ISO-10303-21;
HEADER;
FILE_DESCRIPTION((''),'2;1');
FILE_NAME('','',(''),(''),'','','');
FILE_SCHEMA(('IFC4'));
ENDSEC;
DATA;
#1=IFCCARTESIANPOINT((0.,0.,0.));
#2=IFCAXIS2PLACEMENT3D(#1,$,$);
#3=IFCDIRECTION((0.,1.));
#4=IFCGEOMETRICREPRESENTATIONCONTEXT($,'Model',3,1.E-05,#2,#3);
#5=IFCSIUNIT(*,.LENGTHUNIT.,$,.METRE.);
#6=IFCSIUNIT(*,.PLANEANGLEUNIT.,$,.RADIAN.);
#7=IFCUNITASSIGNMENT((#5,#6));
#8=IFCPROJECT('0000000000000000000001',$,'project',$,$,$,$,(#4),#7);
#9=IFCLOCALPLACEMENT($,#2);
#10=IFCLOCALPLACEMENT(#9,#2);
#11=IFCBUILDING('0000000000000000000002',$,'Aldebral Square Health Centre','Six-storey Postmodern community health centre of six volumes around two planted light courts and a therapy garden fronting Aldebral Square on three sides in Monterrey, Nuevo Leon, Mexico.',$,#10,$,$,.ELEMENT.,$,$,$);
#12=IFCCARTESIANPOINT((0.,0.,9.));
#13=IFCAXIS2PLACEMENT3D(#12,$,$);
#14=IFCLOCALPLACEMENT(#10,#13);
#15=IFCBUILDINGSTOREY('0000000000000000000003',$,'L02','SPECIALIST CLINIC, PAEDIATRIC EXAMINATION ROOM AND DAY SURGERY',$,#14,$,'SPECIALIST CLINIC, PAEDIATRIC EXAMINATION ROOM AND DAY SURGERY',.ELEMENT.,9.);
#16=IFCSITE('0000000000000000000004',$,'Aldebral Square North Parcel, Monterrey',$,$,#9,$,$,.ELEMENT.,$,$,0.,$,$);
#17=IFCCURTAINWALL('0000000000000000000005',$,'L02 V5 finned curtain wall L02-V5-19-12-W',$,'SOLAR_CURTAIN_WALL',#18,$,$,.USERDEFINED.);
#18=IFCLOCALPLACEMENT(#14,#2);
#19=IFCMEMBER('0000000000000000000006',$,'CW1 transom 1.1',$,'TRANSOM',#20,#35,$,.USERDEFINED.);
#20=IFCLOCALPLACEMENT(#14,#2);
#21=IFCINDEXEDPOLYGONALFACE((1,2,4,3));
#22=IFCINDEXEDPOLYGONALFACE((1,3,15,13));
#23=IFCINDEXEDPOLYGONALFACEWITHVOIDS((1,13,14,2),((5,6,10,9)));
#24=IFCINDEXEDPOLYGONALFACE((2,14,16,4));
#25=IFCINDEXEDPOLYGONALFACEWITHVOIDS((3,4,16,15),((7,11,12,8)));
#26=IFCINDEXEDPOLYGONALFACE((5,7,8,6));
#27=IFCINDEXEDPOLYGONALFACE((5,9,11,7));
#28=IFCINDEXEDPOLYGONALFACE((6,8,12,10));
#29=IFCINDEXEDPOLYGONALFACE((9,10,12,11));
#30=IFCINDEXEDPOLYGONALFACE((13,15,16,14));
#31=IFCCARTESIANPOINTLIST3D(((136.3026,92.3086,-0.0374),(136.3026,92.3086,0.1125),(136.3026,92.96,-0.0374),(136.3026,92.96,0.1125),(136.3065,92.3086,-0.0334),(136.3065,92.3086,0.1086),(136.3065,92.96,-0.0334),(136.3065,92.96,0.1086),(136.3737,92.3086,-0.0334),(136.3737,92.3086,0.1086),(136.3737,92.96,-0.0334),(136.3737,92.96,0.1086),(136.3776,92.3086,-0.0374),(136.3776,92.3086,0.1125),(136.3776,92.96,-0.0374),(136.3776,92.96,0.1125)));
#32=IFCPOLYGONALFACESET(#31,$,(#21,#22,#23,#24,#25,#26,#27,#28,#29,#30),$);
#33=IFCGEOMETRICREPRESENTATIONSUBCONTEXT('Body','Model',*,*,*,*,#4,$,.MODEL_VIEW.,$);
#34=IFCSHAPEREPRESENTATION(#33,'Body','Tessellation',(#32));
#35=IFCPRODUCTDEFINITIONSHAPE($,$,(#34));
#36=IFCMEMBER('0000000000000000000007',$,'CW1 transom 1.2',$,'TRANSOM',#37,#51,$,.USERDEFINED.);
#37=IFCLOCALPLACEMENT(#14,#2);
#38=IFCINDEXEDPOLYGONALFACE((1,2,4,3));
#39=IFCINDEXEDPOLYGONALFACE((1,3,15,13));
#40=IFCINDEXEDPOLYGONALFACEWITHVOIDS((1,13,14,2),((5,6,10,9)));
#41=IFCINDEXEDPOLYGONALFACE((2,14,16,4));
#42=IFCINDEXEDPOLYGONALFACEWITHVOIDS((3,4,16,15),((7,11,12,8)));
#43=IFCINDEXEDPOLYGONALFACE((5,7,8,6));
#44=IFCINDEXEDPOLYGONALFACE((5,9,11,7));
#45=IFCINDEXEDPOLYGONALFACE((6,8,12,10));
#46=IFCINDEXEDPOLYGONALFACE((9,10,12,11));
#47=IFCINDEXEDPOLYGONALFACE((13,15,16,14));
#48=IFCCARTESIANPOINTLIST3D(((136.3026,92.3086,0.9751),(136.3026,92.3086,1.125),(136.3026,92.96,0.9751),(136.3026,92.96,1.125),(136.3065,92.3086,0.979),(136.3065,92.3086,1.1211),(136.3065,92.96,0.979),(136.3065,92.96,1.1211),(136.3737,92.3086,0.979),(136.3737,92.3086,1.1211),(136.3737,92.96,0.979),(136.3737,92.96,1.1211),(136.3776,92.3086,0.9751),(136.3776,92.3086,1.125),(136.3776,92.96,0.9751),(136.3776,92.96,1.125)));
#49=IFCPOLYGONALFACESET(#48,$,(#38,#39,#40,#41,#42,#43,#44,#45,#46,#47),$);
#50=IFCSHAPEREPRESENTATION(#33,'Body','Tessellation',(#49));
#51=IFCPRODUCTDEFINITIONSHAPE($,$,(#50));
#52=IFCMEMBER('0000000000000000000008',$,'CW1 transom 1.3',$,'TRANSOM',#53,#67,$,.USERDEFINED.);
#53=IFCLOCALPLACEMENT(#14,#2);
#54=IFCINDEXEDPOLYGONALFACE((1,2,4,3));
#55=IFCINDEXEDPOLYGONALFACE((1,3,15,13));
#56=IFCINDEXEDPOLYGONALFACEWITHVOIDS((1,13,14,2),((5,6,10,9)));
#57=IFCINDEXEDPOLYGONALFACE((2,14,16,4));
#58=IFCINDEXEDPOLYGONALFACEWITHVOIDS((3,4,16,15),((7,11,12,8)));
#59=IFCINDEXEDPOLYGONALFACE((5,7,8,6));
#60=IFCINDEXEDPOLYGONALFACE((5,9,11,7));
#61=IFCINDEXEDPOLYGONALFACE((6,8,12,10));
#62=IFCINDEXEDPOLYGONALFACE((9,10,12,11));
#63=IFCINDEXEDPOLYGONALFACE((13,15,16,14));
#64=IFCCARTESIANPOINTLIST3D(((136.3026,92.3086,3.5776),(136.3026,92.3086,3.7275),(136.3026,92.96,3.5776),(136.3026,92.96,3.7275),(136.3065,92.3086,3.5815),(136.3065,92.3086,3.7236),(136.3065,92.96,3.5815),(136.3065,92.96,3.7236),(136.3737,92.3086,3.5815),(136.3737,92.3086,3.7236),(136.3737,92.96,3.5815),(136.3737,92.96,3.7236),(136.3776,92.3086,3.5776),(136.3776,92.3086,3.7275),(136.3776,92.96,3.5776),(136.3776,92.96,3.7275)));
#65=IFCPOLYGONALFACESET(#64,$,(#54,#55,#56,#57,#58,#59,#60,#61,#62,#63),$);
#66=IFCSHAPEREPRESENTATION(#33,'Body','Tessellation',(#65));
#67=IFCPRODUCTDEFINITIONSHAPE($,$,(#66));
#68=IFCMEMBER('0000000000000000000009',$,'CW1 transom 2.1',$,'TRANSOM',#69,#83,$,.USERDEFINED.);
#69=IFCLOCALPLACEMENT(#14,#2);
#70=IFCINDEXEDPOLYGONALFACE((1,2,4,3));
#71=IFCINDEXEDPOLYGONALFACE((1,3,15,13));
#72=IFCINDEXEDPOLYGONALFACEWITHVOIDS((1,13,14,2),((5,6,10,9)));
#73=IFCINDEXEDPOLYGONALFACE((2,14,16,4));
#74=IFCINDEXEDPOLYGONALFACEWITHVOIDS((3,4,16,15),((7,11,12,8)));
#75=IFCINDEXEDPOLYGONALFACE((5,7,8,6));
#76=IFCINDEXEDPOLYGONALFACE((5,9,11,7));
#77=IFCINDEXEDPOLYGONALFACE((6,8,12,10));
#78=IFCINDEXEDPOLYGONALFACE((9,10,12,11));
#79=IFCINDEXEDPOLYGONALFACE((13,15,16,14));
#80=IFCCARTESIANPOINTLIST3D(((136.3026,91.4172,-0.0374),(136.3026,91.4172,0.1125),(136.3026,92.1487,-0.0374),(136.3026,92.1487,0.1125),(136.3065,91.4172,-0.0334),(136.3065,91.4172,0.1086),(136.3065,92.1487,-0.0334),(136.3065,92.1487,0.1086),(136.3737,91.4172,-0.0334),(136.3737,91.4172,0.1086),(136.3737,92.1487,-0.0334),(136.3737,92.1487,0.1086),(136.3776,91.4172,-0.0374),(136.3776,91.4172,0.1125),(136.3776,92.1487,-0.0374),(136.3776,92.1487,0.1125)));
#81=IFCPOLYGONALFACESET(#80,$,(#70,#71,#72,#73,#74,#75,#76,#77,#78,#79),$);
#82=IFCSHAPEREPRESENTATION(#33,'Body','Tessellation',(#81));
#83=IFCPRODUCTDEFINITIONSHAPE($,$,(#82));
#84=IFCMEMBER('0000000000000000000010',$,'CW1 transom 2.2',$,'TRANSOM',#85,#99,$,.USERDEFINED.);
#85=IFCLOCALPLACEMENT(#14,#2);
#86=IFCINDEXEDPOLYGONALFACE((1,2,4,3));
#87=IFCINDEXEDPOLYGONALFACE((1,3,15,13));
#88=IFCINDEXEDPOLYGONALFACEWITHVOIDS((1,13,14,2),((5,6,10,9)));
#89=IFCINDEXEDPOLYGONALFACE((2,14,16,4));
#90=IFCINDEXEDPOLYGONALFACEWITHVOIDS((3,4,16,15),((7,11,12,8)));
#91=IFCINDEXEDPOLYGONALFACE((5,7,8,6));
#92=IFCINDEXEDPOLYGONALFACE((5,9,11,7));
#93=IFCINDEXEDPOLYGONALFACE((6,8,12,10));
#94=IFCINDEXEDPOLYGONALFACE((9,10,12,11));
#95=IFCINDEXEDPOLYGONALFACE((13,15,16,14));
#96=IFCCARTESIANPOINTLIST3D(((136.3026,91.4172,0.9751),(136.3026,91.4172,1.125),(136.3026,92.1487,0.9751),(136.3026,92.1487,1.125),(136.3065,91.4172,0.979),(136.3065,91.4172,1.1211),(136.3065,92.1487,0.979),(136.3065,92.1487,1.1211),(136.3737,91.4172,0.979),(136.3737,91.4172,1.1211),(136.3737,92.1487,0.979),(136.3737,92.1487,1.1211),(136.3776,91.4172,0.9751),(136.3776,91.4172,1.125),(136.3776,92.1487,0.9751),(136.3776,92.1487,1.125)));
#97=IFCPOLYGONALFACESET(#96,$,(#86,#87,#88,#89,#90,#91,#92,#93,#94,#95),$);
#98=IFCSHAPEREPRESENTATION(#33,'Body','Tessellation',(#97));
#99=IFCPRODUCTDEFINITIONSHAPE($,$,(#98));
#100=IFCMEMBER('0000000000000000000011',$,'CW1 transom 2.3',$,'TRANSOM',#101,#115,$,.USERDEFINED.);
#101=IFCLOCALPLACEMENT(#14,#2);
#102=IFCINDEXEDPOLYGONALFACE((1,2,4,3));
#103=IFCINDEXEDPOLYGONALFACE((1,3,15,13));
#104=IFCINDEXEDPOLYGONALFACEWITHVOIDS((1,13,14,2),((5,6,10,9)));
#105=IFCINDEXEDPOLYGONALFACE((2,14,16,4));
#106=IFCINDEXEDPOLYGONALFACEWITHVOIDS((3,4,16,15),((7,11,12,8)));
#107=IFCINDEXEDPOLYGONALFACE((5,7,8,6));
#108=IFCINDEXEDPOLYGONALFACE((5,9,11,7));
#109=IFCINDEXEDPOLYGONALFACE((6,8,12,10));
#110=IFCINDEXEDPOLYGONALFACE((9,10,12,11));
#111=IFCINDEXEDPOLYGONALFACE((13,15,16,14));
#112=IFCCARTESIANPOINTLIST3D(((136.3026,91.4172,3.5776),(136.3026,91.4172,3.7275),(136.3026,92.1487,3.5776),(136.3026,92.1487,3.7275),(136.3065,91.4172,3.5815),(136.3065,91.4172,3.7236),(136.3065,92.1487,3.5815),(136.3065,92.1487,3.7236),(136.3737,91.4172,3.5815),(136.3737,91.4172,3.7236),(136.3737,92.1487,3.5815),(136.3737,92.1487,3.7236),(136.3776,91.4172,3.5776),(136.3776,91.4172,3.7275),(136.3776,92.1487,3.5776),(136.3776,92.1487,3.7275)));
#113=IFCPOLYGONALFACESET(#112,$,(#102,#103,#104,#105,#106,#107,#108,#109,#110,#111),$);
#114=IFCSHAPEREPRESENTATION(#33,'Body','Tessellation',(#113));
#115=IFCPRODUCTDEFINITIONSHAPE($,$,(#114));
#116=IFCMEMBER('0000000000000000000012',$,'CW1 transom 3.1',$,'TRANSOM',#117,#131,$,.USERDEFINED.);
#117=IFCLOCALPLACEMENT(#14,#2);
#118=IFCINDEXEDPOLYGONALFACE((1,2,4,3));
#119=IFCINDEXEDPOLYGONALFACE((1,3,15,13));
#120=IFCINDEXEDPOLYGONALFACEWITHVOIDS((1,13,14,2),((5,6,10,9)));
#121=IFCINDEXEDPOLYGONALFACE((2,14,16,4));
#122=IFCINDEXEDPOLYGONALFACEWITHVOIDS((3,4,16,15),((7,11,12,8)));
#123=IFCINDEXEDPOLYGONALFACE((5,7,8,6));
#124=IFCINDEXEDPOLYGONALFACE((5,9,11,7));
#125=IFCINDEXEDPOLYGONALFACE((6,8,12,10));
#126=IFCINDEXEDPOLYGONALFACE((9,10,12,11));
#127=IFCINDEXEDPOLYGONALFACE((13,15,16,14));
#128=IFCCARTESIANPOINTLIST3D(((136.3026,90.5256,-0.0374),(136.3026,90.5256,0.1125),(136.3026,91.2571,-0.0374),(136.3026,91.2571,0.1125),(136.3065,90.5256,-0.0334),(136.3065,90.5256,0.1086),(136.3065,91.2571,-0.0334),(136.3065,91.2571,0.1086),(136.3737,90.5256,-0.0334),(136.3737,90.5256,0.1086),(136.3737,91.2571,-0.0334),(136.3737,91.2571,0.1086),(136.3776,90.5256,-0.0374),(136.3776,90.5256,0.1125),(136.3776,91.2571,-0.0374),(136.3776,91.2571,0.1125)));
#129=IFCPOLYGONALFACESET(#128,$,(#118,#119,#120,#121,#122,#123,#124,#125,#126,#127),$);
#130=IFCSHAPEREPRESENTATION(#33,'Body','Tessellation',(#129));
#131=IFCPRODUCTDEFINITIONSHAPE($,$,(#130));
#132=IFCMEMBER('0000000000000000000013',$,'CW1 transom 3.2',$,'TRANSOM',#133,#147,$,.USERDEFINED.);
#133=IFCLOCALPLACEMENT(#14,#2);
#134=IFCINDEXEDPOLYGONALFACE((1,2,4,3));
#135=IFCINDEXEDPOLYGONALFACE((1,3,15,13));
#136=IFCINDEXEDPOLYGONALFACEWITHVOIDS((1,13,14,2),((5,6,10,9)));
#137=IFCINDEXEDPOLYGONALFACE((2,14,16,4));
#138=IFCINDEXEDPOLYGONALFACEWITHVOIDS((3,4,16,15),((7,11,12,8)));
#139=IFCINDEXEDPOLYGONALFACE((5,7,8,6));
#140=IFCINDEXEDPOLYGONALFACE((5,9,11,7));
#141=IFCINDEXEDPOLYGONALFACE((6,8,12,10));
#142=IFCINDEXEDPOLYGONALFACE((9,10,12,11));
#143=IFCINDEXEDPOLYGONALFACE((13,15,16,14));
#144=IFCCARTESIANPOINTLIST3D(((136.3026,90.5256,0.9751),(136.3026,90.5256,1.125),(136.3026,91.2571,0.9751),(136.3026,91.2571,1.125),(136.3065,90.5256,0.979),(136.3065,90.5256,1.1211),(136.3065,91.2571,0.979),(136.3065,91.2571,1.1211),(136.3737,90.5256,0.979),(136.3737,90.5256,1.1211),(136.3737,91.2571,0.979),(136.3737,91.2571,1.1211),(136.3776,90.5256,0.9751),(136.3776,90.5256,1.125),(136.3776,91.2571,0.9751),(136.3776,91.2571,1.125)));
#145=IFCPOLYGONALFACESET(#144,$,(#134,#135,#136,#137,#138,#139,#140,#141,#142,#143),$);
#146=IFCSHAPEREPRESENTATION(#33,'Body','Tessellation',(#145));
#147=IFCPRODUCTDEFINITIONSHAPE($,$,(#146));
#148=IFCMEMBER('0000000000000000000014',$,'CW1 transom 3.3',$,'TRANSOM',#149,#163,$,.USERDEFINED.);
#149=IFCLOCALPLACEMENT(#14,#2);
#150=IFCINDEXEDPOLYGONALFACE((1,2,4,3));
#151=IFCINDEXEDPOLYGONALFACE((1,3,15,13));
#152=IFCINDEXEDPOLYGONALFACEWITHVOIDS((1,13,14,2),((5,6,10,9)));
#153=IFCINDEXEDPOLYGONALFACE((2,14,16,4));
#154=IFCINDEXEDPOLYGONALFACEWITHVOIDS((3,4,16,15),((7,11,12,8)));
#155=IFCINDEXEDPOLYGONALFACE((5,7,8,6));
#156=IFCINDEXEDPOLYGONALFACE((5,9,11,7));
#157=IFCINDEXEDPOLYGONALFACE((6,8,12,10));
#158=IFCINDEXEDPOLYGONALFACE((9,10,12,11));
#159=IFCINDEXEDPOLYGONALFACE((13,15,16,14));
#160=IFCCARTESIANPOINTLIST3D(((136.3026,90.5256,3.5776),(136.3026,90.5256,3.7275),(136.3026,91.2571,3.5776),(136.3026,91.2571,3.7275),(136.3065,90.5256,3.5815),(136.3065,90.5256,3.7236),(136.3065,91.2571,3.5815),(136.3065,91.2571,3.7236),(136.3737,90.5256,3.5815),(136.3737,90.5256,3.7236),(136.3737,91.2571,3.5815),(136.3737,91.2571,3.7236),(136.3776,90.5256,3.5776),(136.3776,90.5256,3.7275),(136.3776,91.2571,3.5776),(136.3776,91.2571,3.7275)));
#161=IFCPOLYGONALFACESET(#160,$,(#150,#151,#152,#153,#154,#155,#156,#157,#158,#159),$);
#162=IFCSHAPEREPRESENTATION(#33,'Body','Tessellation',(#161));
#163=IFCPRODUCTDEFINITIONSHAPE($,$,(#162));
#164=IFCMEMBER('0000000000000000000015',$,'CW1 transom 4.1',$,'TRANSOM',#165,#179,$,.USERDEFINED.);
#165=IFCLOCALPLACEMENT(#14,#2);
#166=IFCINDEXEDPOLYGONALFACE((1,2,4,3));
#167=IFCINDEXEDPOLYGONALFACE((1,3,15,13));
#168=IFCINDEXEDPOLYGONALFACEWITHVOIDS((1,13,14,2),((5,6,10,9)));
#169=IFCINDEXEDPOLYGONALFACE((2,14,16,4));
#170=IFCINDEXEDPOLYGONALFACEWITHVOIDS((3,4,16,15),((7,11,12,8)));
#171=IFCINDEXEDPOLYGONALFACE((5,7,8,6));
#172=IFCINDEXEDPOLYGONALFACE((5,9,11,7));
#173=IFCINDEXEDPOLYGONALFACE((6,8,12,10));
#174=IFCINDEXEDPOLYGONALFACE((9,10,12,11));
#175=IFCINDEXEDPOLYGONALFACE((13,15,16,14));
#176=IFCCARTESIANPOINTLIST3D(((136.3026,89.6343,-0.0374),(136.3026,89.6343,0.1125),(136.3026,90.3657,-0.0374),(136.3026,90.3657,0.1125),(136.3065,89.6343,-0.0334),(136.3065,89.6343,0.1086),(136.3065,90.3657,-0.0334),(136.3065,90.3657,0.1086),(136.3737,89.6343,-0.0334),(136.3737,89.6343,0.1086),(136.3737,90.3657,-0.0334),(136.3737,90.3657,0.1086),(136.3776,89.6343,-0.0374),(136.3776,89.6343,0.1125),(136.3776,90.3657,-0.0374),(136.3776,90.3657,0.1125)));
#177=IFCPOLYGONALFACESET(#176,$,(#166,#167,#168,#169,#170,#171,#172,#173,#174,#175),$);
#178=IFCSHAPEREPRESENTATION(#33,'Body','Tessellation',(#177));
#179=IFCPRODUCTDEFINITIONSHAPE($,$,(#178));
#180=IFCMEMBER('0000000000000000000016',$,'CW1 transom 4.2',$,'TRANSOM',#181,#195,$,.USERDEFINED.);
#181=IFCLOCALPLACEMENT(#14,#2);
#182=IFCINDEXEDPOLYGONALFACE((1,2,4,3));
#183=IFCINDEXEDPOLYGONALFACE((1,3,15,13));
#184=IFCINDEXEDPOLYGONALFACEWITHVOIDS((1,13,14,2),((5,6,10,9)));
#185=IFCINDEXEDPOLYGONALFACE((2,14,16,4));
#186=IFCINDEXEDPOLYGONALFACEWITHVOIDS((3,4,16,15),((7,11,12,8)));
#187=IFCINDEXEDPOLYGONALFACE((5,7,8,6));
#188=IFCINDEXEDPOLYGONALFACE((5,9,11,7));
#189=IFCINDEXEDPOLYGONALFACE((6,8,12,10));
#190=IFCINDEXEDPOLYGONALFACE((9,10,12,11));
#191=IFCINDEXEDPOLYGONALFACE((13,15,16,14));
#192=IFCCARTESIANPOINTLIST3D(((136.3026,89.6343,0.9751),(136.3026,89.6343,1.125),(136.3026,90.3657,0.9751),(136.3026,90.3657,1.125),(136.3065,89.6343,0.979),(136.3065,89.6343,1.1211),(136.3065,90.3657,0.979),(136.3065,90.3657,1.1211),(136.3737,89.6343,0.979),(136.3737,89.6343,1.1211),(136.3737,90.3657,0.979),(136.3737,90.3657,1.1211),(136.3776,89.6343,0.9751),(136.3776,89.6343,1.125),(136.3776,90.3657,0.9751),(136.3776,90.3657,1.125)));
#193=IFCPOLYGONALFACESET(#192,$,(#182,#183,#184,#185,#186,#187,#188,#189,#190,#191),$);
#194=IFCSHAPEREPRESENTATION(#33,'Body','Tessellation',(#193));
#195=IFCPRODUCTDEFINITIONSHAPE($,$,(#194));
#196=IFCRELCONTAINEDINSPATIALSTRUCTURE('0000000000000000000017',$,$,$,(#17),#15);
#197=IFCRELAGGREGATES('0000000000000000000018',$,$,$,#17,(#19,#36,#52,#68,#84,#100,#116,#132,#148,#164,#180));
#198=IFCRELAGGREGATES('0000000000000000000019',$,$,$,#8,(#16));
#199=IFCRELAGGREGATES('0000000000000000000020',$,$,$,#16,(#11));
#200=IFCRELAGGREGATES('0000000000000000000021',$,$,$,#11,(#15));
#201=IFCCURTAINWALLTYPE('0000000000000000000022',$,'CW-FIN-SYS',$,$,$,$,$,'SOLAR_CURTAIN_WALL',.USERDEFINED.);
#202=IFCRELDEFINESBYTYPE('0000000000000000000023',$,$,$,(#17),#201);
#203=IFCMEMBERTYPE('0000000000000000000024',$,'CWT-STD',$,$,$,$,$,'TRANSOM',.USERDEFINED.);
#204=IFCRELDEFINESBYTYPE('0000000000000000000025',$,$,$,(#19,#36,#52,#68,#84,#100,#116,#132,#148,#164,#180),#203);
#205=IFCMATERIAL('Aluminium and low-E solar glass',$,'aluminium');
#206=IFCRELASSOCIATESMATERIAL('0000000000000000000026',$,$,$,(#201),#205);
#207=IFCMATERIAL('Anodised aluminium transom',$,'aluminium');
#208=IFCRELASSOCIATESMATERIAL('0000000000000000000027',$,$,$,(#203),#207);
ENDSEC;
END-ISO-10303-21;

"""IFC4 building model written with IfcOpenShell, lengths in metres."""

from ifc_helpers import new_model, si_unit, direction, frame, origin, origin_2d, place, context, subcontext, project, spatial, hollow_rectangle, extrude, material, material_profile, profile_set, type_object, element, aggregate, save


model = new_model("IFC4")

# Units and contexts
model_context = context("Model", 3, precision=1e-05, world=origin(), true_north=direction((0.0, 1.0)))
body_context = subcontext(model_context, "Body", "Model", "MODEL_VIEW")
ifc_project = project(units=[si_unit("LENGTHUNIT", "METRE"), si_unit("PLANEANGLEUNIT", "RADIAN")], contexts=[model_context])

# Site, building, storey
site_placement = place(None, origin())
site = spatial("IfcSite", under=ifc_project, at=site_placement, Name="Aldebral Square North Parcel, Monterrey", CompositionType="ELEMENT", RefElevation=0.0)
building_placement = place(site_placement, origin())
building = spatial("IfcBuilding", under=site, at=building_placement, Name="Aldebral Square Health Centre", Description="Six-storey Postmodern community health centre of six volumes around two planted light courts and a therapy garden fronting Aldebral Square on three sides in Monterrey, Nuevo Leon, Mexico.", CompositionType="ELEMENT")
storey_placement = place(building_placement, frame((0.0, 0.0, 9.0)))
storey = spatial("IfcBuildingStorey", under=building, at=storey_placement, Name="L02", Description="SPECIALIST CLINIC, PAEDIATRIC EXAMINATION ROOM AND DAY SURGERY", LongName="SPECIALIST CLINIC, PAEDIATRIC EXAMINATION ROOM AND DAY SURGERY", CompositionType="ELEMENT", Elevation=9.0)

# Curtain wall
ifc_material_1 = material(Name="Aluminium and low-E solar glass", Category="aluminium")
curtain_wall_type = type_object("IfcCurtainWallType", Name="CW-FIN-SYS", ElementType="SOLAR_CURTAIN_WALL", PredefinedType="USERDEFINED", material=ifc_material_1)
curtain_wall_1_placement = place(storey_placement, origin())
curtain_wall_1 = element("IfcCurtainWall", 1, at=curtain_wall_1_placement, inside=storey, type_object=curtain_wall_type, Name="L02 V5 finned curtain wall L02-V5-19-12-W", ObjectType="SOLAR_CURTAIN_WALL", PredefinedType="USERDEFINED")

# Members
ifc_material_2 = material(Name="Anodised aluminium transom", Category="aluminium")
ifc_material_profile_1 = material_profile(ifc_material_2, hollow_rectangle(XDim=0.075, YDim=0.1499, WallThickness=0.0039, at=origin_2d()), Name="CWT 75x150x4")
ifc_profile_set_1 = profile_set([ifc_material_profile_1], Name="Anodised aluminium transom")
member_type_1 = type_object("IfcMemberType", Name="CWT-STD", ElementType="TRANSOM", PredefinedType="USERDEFINED", material=ifc_profile_set_1)
member_1_placement = place(storey_placement, frame((136.3401, 92.96, 0.0376), z_axis=(0.0, -1.0, 0.0), x_axis=(1.0, 0.0, 0.0)))
member_1 = element("IfcMember", 2, at=member_1_placement, type_object=member_type_1, Name="CW1 transom 1.1", ObjectType="TRANSOM", PredefinedType="USERDEFINED", context=body_context, shape_type="SweptSolid", body=[
    extrude(hollow_rectangle(XDim=0.075, YDim=0.1499, WallThickness=0.0039, at=origin_2d()), origin(), (0.0, 0.0, 1.0), 0.6514),
])
member_2_placement = place(storey_placement, frame((136.3401, 92.96, 1.05), z_axis=(0.0, -1.0, 0.0), x_axis=(1.0, 0.0, 0.0)))
member_2 = element("IfcMember", 3, at=member_2_placement, type_object=member_type_1, Name="CW1 transom 1.2", ObjectType="TRANSOM", PredefinedType="USERDEFINED", context=body_context, shape_type="SweptSolid", body=[
    extrude(hollow_rectangle(XDim=0.075, YDim=0.1499, WallThickness=0.0039, at=origin_2d()), origin(), (0.0, 0.0, 1.0), 0.6514),
])
member_3_placement = place(storey_placement, frame((136.3401, 92.96, 3.6526), z_axis=(0.0, -1.0, 0.0), x_axis=(1.0, 0.0, 0.0)))
member_3 = element("IfcMember", 4, at=member_3_placement, type_object=member_type_1, Name="CW1 transom 1.3", ObjectType="TRANSOM", PredefinedType="USERDEFINED", context=body_context, shape_type="SweptSolid", body=[
    extrude(hollow_rectangle(XDim=0.075, YDim=0.1499, WallThickness=0.0039, at=origin_2d()), origin(), (0.0, 0.0, 1.0), 0.6514),
])
member_4_placement = place(storey_placement, frame((136.3401, 92.1487, 0.0376), z_axis=(0.0, -1.0, 0.0), x_axis=(1.0, 0.0, 0.0)))
member_4 = element("IfcMember", 5, at=member_4_placement, type_object=member_type_1, Name="CW1 transom 2.1", ObjectType="TRANSOM", PredefinedType="USERDEFINED", context=body_context, shape_type="SweptSolid", body=[
    extrude(hollow_rectangle(XDim=0.075, YDim=0.1499, WallThickness=0.0039, at=origin_2d()), origin(), (0.0, 0.0, 1.0), 0.7314),
])
member_5_placement = place(storey_placement, frame((136.3401, 92.1487, 1.05), z_axis=(0.0, -1.0, 0.0), x_axis=(1.0, 0.0, 0.0)))
member_5 = element("IfcMember", 6, at=member_5_placement, type_object=member_type_1, Name="CW1 transom 2.2", ObjectType="TRANSOM", PredefinedType="USERDEFINED", context=body_context, shape_type="SweptSolid", body=[
    extrude(hollow_rectangle(XDim=0.075, YDim=0.1499, WallThickness=0.0039, at=origin_2d()), origin(), (0.0, 0.0, 1.0), 0.7314),
])
member_6_placement = place(storey_placement, frame((136.3401, 92.1487, 3.6526), z_axis=(0.0, -1.0, 0.0), x_axis=(1.0, 0.0, 0.0)))
member_6 = element("IfcMember", 7, at=member_6_placement, type_object=member_type_1, Name="CW1 transom 2.3", ObjectType="TRANSOM", PredefinedType="USERDEFINED", context=body_context, shape_type="SweptSolid", body=[
    extrude(hollow_rectangle(XDim=0.075, YDim=0.1499, WallThickness=0.0039, at=origin_2d()), origin(), (0.0, 0.0, 1.0), 0.7314),
])
member_7_placement = place(storey_placement, frame((136.3401, 91.2571, 0.0376), z_axis=(0.0, -1.0, 0.0), x_axis=(1.0, 0.0, 0.0)))
member_7 = element("IfcMember", 8, at=member_7_placement, type_object=member_type_1, Name="CW1 transom 3.1", ObjectType="TRANSOM", PredefinedType="USERDEFINED", context=body_context, shape_type="SweptSolid", body=[
    extrude(hollow_rectangle(XDim=0.075, YDim=0.1499, WallThickness=0.0039, at=origin_2d()), origin(), (0.0, 0.0, 1.0), 0.7314),
])
member_8_placement = place(storey_placement, frame((136.3401, 91.2571, 1.05), z_axis=(0.0, -1.0, 0.0), x_axis=(1.0, 0.0, 0.0)))
member_8 = element("IfcMember", 9, at=member_8_placement, type_object=member_type_1, Name="CW1 transom 3.2", ObjectType="TRANSOM", PredefinedType="USERDEFINED", context=body_context, shape_type="SweptSolid", body=[
    extrude(hollow_rectangle(XDim=0.075, YDim=0.1499, WallThickness=0.0039, at=origin_2d()), origin(), (0.0, 0.0, 1.0), 0.7314),
])
member_9_placement = place(storey_placement, frame((136.3401, 91.2571, 3.6526), z_axis=(0.0, -1.0, 0.0), x_axis=(1.0, 0.0, 0.0)))
member_9 = element("IfcMember", 10, at=member_9_placement, type_object=member_type_1, Name="CW1 transom 3.3", ObjectType="TRANSOM", PredefinedType="USERDEFINED", context=body_context, shape_type="SweptSolid", body=[
    extrude(hollow_rectangle(XDim=0.075, YDim=0.1499, WallThickness=0.0039, at=origin_2d()), origin(), (0.0, 0.0, 1.0), 0.7314),
])
member_10_placement = place(storey_placement, frame((136.3401, 90.3657, 0.0376), z_axis=(0.0, -1.0, 0.0), x_axis=(1.0, 0.0, 0.0)))
member_10 = element("IfcMember", 11, at=member_10_placement, type_object=member_type_1, Name="CW1 transom 4.1", ObjectType="TRANSOM", PredefinedType="USERDEFINED", context=body_context, shape_type="SweptSolid", body=[
    extrude(hollow_rectangle(XDim=0.075, YDim=0.1499, WallThickness=0.0039, at=origin_2d()), origin(), (0.0, 0.0, 1.0), 0.7314),
])
member_11_placement = place(storey_placement, frame((136.3401, 90.3657, 1.05), z_axis=(0.0, -1.0, 0.0), x_axis=(1.0, 0.0, 0.0)))
member_11 = element("IfcMember", 12, at=member_11_placement, type_object=member_type_1, Name="CW1 transom 4.2", ObjectType="TRANSOM", PredefinedType="USERDEFINED", context=body_context, shape_type="SweptSolid", body=[
    extrude(hollow_rectangle(XDim=0.075, YDim=0.1499, WallThickness=0.0039, at=origin_2d()), origin(), (0.0, 0.0, 1.0), 0.7314),
])

aggregate(curtain_wall_1, [member_1, member_2, member_3, member_4, member_5, member_6, member_7, member_8, member_9, member_10, member_11])

save(model, "model.ifc")
